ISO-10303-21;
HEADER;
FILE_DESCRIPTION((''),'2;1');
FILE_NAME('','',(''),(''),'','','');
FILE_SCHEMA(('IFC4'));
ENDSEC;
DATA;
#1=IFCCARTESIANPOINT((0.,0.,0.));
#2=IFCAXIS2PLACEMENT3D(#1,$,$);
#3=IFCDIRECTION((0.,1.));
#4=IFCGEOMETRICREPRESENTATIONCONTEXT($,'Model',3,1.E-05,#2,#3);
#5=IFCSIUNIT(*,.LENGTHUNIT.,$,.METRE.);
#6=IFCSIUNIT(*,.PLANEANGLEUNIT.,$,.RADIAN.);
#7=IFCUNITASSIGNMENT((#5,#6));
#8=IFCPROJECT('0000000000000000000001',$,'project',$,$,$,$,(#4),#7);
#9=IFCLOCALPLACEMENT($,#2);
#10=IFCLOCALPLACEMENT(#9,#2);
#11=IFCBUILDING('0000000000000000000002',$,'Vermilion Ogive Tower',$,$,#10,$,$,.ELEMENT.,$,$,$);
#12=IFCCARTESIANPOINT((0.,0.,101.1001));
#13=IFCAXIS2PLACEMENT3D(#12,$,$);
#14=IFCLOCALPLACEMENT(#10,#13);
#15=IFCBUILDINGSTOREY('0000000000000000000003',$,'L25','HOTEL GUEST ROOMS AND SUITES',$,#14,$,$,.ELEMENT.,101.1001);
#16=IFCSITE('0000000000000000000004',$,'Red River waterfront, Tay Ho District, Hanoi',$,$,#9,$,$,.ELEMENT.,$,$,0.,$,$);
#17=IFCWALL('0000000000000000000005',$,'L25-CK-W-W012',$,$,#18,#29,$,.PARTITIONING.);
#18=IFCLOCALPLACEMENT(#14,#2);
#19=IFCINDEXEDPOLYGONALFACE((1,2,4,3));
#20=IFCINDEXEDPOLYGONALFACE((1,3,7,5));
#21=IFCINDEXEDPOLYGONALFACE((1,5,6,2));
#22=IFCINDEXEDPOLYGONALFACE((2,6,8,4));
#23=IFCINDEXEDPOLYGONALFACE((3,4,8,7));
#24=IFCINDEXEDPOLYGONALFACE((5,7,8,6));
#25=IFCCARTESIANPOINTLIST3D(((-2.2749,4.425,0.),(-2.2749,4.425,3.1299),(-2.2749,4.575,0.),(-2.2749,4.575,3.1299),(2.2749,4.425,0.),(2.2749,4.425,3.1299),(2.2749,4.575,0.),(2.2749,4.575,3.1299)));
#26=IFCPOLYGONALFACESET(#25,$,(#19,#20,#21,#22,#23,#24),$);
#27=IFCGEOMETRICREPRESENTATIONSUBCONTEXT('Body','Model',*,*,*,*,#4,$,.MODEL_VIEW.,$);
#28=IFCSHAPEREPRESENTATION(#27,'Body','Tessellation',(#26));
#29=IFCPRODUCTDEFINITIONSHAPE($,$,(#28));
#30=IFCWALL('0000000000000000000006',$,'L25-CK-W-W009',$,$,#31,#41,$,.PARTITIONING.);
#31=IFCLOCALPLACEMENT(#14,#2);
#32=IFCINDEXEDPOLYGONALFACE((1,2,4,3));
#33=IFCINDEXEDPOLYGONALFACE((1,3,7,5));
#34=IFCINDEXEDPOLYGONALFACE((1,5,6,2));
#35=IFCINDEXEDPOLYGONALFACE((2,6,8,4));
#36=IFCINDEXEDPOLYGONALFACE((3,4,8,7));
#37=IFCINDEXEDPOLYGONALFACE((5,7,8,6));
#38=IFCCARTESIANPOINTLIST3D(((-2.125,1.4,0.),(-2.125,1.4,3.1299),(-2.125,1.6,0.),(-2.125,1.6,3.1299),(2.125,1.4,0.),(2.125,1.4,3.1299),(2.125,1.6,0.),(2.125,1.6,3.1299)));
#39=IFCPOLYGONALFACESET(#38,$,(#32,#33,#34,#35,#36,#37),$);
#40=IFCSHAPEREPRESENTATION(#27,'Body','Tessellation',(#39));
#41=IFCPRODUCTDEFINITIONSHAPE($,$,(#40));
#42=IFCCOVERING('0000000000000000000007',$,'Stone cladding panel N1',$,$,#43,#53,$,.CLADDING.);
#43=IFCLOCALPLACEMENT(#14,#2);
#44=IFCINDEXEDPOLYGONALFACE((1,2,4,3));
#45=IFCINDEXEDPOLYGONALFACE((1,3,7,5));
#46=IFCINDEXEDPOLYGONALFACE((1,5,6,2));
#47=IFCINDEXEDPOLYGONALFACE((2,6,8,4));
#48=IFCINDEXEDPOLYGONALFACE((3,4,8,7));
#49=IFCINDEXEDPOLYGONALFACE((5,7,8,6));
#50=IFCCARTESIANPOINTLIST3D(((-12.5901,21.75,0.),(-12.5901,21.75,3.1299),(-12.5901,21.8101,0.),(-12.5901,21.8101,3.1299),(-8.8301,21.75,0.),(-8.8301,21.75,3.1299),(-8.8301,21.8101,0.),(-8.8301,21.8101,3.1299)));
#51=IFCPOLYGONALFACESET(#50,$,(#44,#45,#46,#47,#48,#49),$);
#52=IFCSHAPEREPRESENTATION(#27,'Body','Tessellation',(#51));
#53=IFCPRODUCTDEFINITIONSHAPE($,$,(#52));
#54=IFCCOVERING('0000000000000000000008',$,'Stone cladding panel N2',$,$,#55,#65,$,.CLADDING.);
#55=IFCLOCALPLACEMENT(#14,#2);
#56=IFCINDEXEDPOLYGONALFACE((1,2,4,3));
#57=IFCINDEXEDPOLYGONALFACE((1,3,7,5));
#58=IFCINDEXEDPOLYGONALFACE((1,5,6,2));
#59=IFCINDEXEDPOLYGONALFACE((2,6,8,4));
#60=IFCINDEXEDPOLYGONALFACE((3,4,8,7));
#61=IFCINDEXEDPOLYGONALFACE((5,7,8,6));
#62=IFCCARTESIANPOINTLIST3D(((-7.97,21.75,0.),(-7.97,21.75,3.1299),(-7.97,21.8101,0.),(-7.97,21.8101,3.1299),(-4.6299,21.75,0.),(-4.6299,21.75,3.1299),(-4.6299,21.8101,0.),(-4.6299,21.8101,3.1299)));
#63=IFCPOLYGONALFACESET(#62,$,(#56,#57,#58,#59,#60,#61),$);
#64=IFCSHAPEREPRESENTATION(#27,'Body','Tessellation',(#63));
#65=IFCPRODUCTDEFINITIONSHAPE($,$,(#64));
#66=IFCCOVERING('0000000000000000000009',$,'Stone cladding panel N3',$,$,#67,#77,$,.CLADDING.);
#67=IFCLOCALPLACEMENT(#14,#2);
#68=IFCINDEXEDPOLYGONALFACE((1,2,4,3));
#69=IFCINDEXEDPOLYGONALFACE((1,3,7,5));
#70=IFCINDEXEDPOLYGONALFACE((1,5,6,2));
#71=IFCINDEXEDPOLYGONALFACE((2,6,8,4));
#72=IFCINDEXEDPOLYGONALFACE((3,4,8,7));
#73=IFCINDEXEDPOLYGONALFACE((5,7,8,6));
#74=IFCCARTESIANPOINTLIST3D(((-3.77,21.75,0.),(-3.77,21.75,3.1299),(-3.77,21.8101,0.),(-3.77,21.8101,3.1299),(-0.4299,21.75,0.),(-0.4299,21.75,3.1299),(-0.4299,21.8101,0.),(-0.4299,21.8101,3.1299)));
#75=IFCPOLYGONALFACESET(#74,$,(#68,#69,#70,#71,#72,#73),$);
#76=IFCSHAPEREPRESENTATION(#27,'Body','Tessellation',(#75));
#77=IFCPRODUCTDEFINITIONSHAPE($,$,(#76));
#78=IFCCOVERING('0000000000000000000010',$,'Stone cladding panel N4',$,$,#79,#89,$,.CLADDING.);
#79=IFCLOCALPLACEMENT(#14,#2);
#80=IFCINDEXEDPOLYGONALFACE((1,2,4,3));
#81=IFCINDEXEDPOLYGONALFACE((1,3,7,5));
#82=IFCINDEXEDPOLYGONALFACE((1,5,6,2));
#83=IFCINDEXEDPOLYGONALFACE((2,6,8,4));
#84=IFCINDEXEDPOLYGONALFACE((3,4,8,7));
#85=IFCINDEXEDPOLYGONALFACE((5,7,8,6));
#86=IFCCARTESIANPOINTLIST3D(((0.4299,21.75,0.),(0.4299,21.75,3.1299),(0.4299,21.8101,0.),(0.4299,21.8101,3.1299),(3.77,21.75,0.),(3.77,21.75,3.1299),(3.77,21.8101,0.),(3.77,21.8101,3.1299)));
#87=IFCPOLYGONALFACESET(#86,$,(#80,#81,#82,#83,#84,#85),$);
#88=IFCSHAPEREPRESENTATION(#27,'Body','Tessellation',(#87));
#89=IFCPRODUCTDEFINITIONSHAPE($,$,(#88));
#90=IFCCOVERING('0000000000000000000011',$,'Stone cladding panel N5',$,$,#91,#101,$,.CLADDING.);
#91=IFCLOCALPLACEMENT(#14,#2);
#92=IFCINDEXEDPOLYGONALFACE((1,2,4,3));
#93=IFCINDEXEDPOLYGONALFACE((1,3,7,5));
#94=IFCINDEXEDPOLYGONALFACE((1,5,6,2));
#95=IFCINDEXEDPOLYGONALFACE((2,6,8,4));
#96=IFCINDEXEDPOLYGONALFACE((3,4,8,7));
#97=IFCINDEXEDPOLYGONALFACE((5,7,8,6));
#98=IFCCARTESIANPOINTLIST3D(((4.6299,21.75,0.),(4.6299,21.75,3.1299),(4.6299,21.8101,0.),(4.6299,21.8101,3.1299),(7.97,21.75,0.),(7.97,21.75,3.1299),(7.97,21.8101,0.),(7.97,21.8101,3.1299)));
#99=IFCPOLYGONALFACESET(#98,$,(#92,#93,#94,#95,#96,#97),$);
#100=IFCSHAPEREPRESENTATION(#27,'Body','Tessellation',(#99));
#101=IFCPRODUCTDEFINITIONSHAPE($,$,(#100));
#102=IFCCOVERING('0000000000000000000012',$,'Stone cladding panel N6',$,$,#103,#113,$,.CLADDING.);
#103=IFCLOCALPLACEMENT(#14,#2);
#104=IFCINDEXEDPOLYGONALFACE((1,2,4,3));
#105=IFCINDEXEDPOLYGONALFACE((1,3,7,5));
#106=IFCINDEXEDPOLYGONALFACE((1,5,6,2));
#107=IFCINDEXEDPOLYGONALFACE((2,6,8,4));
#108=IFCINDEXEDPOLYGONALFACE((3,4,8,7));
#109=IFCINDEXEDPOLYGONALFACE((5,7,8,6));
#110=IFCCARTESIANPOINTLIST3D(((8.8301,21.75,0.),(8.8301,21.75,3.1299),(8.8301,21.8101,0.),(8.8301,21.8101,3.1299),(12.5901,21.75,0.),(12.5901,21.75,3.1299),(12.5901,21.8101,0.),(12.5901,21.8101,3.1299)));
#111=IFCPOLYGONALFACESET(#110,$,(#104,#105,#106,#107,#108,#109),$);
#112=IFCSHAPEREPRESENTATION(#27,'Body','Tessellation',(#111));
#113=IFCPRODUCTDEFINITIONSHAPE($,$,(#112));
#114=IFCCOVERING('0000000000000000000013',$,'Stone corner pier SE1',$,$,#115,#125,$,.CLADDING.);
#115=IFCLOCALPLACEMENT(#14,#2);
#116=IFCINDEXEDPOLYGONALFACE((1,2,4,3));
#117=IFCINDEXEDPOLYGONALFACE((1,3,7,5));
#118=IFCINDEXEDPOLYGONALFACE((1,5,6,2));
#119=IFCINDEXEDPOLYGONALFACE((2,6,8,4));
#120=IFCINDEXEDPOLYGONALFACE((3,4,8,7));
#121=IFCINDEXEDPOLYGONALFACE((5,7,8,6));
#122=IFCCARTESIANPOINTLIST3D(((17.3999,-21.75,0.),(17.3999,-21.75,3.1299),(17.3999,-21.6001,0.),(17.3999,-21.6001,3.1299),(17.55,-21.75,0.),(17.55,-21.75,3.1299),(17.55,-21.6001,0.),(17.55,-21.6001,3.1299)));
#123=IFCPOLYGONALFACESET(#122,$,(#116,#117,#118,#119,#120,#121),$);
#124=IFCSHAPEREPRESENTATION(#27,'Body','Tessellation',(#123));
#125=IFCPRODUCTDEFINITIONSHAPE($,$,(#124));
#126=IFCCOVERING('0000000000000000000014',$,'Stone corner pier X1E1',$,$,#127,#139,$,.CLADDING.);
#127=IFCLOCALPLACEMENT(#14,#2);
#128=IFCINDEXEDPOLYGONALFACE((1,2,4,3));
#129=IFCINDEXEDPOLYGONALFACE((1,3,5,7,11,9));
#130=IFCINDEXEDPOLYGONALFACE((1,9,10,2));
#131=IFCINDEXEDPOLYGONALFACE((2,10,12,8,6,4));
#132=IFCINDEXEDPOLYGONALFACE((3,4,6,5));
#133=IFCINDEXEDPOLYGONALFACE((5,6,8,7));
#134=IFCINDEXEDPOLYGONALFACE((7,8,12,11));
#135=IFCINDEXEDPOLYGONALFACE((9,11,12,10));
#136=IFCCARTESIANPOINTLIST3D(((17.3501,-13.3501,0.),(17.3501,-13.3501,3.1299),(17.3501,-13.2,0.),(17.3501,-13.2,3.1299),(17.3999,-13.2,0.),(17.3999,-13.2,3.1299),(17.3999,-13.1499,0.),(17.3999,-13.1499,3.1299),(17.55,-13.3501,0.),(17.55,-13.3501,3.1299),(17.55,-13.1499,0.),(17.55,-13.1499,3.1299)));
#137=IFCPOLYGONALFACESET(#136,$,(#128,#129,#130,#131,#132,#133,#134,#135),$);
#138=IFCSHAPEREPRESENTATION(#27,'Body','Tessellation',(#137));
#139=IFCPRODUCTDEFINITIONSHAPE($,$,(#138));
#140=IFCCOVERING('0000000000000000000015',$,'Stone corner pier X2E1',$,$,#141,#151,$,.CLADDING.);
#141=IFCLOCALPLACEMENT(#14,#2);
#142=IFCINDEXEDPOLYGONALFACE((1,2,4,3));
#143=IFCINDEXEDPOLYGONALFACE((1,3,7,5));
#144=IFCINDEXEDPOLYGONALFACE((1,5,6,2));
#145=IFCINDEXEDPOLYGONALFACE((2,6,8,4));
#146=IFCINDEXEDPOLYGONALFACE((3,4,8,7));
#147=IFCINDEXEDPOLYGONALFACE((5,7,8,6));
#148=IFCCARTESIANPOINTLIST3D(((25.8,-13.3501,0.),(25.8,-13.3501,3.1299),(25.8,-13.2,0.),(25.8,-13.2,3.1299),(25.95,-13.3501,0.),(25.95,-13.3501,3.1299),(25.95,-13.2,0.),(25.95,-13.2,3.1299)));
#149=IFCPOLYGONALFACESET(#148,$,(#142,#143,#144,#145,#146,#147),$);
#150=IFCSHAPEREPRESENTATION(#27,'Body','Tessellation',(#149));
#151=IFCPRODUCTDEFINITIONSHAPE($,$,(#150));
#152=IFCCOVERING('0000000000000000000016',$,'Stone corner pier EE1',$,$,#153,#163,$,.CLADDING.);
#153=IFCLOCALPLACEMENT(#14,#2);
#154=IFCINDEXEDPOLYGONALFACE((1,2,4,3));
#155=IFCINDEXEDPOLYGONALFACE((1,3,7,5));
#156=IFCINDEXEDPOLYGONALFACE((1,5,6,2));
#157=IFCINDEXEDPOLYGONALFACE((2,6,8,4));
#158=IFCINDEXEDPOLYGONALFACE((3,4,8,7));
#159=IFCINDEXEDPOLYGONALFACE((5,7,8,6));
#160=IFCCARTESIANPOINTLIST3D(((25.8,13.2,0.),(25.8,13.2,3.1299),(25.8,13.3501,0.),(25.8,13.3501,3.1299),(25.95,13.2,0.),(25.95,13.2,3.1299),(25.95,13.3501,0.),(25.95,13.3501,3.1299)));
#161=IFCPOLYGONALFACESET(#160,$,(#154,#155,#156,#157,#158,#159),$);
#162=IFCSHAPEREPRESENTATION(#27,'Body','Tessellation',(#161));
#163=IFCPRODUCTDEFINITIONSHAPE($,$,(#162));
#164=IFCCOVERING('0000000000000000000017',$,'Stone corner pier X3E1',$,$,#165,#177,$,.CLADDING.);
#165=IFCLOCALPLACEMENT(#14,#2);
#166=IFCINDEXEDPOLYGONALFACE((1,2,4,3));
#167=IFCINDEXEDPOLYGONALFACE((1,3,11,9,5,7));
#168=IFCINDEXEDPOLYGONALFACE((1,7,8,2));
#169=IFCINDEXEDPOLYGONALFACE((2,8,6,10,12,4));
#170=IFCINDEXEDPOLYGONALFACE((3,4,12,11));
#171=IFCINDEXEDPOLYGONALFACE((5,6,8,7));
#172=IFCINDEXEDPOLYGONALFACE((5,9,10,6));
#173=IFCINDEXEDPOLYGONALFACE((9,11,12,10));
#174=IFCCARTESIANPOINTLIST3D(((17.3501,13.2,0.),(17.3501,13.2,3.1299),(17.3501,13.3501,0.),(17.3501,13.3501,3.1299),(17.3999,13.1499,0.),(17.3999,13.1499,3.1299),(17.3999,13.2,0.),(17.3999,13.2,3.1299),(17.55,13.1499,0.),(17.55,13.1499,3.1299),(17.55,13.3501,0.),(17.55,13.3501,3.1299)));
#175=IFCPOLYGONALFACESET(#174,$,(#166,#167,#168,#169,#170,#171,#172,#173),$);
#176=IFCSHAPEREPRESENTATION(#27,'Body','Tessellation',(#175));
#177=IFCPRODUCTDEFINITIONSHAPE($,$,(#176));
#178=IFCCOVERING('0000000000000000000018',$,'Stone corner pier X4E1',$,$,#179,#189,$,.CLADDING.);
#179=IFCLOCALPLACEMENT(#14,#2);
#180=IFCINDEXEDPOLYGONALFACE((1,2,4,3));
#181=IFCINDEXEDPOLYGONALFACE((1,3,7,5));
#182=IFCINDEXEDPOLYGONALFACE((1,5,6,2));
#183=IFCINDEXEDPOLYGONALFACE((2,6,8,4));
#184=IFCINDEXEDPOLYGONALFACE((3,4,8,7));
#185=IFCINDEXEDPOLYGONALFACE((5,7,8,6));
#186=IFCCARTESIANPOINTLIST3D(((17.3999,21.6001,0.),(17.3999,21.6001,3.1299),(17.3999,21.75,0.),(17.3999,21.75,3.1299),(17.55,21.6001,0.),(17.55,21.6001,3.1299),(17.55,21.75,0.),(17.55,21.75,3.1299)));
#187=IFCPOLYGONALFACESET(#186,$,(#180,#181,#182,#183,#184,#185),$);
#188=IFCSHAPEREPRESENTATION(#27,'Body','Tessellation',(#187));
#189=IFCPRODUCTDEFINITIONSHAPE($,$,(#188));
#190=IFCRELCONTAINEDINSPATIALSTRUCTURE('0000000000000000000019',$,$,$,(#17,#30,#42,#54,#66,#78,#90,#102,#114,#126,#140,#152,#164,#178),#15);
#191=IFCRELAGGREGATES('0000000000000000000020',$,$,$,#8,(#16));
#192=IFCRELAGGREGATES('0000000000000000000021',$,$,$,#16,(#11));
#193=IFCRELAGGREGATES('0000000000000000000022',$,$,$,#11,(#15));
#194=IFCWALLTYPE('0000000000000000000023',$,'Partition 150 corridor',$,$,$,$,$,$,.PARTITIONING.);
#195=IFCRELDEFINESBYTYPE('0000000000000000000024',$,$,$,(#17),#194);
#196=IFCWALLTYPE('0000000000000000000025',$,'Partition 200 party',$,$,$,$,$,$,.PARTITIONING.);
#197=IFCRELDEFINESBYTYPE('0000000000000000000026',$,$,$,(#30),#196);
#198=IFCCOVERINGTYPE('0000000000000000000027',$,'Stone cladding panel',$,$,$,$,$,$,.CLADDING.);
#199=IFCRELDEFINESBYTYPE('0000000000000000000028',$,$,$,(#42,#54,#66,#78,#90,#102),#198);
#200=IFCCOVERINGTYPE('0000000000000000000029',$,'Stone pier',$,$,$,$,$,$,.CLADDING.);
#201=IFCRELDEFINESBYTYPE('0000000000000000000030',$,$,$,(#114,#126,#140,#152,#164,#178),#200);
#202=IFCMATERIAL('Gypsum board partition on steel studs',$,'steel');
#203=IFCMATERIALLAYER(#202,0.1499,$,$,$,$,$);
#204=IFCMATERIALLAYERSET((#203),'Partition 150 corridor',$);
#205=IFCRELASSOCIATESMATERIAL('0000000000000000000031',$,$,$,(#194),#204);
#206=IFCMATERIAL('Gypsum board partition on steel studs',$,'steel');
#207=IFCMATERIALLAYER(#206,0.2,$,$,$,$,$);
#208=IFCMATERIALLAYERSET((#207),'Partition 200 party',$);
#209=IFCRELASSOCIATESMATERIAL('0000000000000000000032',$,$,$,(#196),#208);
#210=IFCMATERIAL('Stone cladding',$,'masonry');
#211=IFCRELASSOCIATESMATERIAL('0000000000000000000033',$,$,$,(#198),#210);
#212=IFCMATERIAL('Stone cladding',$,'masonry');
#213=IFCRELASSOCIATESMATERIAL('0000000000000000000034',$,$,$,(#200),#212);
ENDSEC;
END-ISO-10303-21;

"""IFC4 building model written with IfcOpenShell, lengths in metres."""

from ifc_helpers import new_model, si_unit, direction, frame, frame_2d, origin, place, context, subcontext, project, spatial, polyline, rectangle, outline, extrude, material, layer, layer_set, type_object, element, save


model = new_model("IFC4")

# Units and contexts
model_context = context("Model", 3, precision=1e-05, world=origin(), true_north=direction((0.0, 1.0)))
body_context = subcontext(model_context, "Body", "Model", "MODEL_VIEW")
ifc_project = project(units=[si_unit("LENGTHUNIT", "METRE"), si_unit("PLANEANGLEUNIT", "RADIAN")], contexts=[model_context])

# Site, building, storey
site_placement = place(None, origin())
site = spatial("IfcSite", under=ifc_project, at=site_placement, Name="Red River waterfront, Tay Ho District, Hanoi", CompositionType="ELEMENT", RefElevation=0.0)
building_placement = place(site_placement, origin())
building = spatial("IfcBuilding", under=site, at=building_placement, Name="Vermilion Ogive Tower", CompositionType="ELEMENT")
storey_placement = place(building_placement, frame((0.0, 0.0, 101.1001)))
storey = spatial("IfcBuildingStorey", under=building, at=storey_placement, Name="L25", Description="HOTEL GUEST ROOMS AND SUITES", CompositionType="ELEMENT", Elevation=101.1001)

# Walls
ifc_material_1 = material(Name="Gypsum board partition on steel studs", Category="steel")
ifc_layer_1 = layer(ifc_material_1, 0.1499)
ifc_layer_set_1 = layer_set([ifc_layer_1], Name="Partition 150 corridor")
wall_type_1 = type_object("IfcWallType", Name="Partition 150 corridor", PredefinedType="PARTITIONING", material=ifc_layer_set_1)
wall_1_placement = place(storey_placement, frame((-2.2749, 4.5, 0.0), z_axis=(0.0, 0.0, 1.0), x_axis=(1.0, 0.0, 0.0)))
element("IfcWall", 1, at=wall_1_placement, inside=storey, type_object=wall_type_1, Name="L25-CK-W-W012", PredefinedType="PARTITIONING", context=body_context, shape_type="SweptSolid", body=[
    extrude(rectangle(XDim=4.5498, YDim=0.1499, at=frame_2d((2.2749, 0.0))), origin(), (0.0, 0.0, 1.0), 3.1299),
])
ifc_material_2 = material(Name="Gypsum board partition on steel studs", Category="steel")
ifc_layer_2 = layer(ifc_material_2, 0.2)
ifc_layer_set_2 = layer_set([ifc_layer_2], Name="Partition 200 party")
wall_type_2 = type_object("IfcWallType", Name="Partition 200 party", PredefinedType="PARTITIONING", material=ifc_layer_set_2)
wall_2_placement = place(storey_placement, frame((-2.125, 1.5, 0.0), z_axis=(0.0, 0.0, 1.0), x_axis=(1.0, 0.0, 0.0)))
element("IfcWall", 2, at=wall_2_placement, inside=storey, type_object=wall_type_2, Name="L25-CK-W-W009", PredefinedType="PARTITIONING", context=body_context, shape_type="SweptSolid", body=[
    extrude(rectangle(XDim=4.25, YDim=0.2, at=frame_2d((2.125, 0.0))), origin(), (0.0, 0.0, 1.0), 3.1299),
])

# Coverings
ifc_material_3 = material(Name="Stone cladding", Category="masonry")
covering_type_1 = type_object("IfcCoveringType", Name="Stone cladding panel", PredefinedType="CLADDING", material=ifc_material_3)
covering_1_placement = place(storey_placement, origin())
element("IfcCovering", 3, at=covering_1_placement, inside=storey, type_object=covering_type_1, Name="Stone cladding panel N1", PredefinedType="CLADDING", context=body_context, shape_type="SweptSolid", body=[
    extrude(outline(polyline([(-12.5901, 21.75), (-8.8301, 21.75), (-8.8301, 21.8101), (-12.5901, 21.8101), (-12.5901, 21.75)])), origin(), (0.0, 0.0, 1.0), 3.1299),
])
covering_2_placement = place(storey_placement, origin())
element("IfcCovering", 4, at=covering_2_placement, inside=storey, type_object=covering_type_1, Name="Stone cladding panel N2", PredefinedType="CLADDING", context=body_context, shape_type="SweptSolid", body=[
    extrude(outline(polyline([(-7.97, 21.75), (-4.6299, 21.75), (-4.6299, 21.8101), (-7.97, 21.8101), (-7.97, 21.75)])), origin(), (0.0, 0.0, 1.0), 3.1299),
])
covering_3_placement = place(storey_placement, origin())
element("IfcCovering", 5, at=covering_3_placement, inside=storey, type_object=covering_type_1, Name="Stone cladding panel N3", PredefinedType="CLADDING", context=body_context, shape_type="SweptSolid", body=[
    extrude(outline(polyline([(-3.77, 21.75), (-0.4299, 21.75), (-0.4299, 21.8101), (-3.77, 21.8101), (-3.77, 21.75)])), origin(), (0.0, 0.0, 1.0), 3.1299),
])
covering_4_placement = place(storey_placement, origin())
element("IfcCovering", 6, at=covering_4_placement, inside=storey, type_object=covering_type_1, Name="Stone cladding panel N4", PredefinedType="CLADDING", context=body_context, shape_type="SweptSolid", body=[
    extrude(outline(polyline([(0.4299, 21.75), (3.77, 21.75), (3.77, 21.8101), (0.4299, 21.8101), (0.4299, 21.75)])), origin(), (0.0, 0.0, 1.0), 3.1299),
])
covering_5_placement = place(storey_placement, origin())
element("IfcCovering", 7, at=covering_5_placement, inside=storey, type_object=covering_type_1, Name="Stone cladding panel N5", PredefinedType="CLADDING", context=body_context, shape_type="SweptSolid", body=[
    extrude(outline(polyline([(4.6299, 21.75), (7.97, 21.75), (7.97, 21.8101), (4.6299, 21.8101), (4.6299, 21.75)])), origin(), (0.0, 0.0, 1.0), 3.1299),
])
covering_6_placement = place(storey_placement, origin())
element("IfcCovering", 8, at=covering_6_placement, inside=storey, type_object=covering_type_1, Name="Stone cladding panel N6", PredefinedType="CLADDING", context=body_context, shape_type="SweptSolid", body=[
    extrude(outline(polyline([(8.8301, 21.75), (12.5901, 21.75), (12.5901, 21.8101), (8.8301, 21.8101), (8.8301, 21.75)])), origin(), (0.0, 0.0, 1.0), 3.1299),
])
ifc_material_4 = material(Name="Stone cladding", Category="masonry")
covering_type_2 = type_object("IfcCoveringType", Name="Stone pier", PredefinedType="CLADDING", material=ifc_material_4)
covering_7_placement = place(storey_placement, origin())
element("IfcCovering", 9, at=covering_7_placement, inside=storey, type_object=covering_type_2, Name="Stone corner pier SE1", PredefinedType="CLADDING", context=body_context, shape_type="SweptSolid", body=[
    extrude(outline(polyline([(17.3999, -21.75), (17.3999, -21.6001), (17.3999, -21.6001), (17.55, -21.6001), (17.55, -21.75), (17.3999, -21.75)])), origin(), (0.0, 0.0, 1.0), 3.1299),
])
covering_8_placement = place(storey_placement, origin())
element("IfcCovering", 10, at=covering_8_placement, inside=storey, type_object=covering_type_2, Name="Stone corner pier X1E1", PredefinedType="CLADDING", context=body_context, shape_type="SweptSolid", body=[
    extrude(outline(polyline([(17.3501, -13.2), (17.3999, -13.2), (17.3999, -13.1499), (17.55, -13.1499), (17.55, -13.3501), (17.3501, -13.3501), (17.3501, -13.2)])), origin(), (0.0, 0.0, 1.0), 3.1299),
])
covering_9_placement = place(storey_placement, origin())
element("IfcCovering", 11, at=covering_9_placement, inside=storey, type_object=covering_type_2, Name="Stone corner pier X2E1", PredefinedType="CLADDING", context=body_context, shape_type="SweptSolid", body=[
    extrude(outline(polyline([(25.8, -13.3501), (25.8, -13.2), (25.95, -13.2), (25.95, -13.3501), (25.8, -13.3501)])), origin(), (0.0, 0.0, 1.0), 3.1299),
])
covering_10_placement = place(storey_placement, origin())
element("IfcCovering", 12, at=covering_10_placement, inside=storey, type_object=covering_type_2, Name="Stone corner pier EE1", PredefinedType="CLADDING", context=body_context, shape_type="SweptSolid", body=[
    extrude(outline(polyline([(25.95, 13.2), (25.8, 13.2), (25.8, 13.3501), (25.95, 13.3501), (25.95, 13.2)])), origin(), (0.0, 0.0, 1.0), 3.1299),
])
covering_11_placement = place(storey_placement, origin())
element("IfcCovering", 13, at=covering_11_placement, inside=storey, type_object=covering_type_2, Name="Stone corner pier X3E1", PredefinedType="CLADDING", context=body_context, shape_type="SweptSolid", body=[
    extrude(outline(polyline([(17.3999, 13.1499), (17.3999, 13.2), (17.3501, 13.2), (17.3501, 13.3501), (17.55, 13.3501), (17.55, 13.1499), (17.3999, 13.1499)])), origin(), (0.0, 0.0, 1.0), 3.1299),
])
covering_12_placement = place(storey_placement, origin())
element("IfcCovering", 14, at=covering_12_placement, inside=storey, type_object=covering_type_2, Name="Stone corner pier X4E1", PredefinedType="CLADDING", context=body_context, shape_type="SweptSolid", body=[
    extrude(outline(polyline([(17.55, 21.6001), (17.3999, 21.6001), (17.3999, 21.6001), (17.3999, 21.75), (17.55, 21.75), (17.55, 21.6001)])), origin(), (0.0, 0.0, 1.0), 3.1299),
])

save(model, "model.ifc")
